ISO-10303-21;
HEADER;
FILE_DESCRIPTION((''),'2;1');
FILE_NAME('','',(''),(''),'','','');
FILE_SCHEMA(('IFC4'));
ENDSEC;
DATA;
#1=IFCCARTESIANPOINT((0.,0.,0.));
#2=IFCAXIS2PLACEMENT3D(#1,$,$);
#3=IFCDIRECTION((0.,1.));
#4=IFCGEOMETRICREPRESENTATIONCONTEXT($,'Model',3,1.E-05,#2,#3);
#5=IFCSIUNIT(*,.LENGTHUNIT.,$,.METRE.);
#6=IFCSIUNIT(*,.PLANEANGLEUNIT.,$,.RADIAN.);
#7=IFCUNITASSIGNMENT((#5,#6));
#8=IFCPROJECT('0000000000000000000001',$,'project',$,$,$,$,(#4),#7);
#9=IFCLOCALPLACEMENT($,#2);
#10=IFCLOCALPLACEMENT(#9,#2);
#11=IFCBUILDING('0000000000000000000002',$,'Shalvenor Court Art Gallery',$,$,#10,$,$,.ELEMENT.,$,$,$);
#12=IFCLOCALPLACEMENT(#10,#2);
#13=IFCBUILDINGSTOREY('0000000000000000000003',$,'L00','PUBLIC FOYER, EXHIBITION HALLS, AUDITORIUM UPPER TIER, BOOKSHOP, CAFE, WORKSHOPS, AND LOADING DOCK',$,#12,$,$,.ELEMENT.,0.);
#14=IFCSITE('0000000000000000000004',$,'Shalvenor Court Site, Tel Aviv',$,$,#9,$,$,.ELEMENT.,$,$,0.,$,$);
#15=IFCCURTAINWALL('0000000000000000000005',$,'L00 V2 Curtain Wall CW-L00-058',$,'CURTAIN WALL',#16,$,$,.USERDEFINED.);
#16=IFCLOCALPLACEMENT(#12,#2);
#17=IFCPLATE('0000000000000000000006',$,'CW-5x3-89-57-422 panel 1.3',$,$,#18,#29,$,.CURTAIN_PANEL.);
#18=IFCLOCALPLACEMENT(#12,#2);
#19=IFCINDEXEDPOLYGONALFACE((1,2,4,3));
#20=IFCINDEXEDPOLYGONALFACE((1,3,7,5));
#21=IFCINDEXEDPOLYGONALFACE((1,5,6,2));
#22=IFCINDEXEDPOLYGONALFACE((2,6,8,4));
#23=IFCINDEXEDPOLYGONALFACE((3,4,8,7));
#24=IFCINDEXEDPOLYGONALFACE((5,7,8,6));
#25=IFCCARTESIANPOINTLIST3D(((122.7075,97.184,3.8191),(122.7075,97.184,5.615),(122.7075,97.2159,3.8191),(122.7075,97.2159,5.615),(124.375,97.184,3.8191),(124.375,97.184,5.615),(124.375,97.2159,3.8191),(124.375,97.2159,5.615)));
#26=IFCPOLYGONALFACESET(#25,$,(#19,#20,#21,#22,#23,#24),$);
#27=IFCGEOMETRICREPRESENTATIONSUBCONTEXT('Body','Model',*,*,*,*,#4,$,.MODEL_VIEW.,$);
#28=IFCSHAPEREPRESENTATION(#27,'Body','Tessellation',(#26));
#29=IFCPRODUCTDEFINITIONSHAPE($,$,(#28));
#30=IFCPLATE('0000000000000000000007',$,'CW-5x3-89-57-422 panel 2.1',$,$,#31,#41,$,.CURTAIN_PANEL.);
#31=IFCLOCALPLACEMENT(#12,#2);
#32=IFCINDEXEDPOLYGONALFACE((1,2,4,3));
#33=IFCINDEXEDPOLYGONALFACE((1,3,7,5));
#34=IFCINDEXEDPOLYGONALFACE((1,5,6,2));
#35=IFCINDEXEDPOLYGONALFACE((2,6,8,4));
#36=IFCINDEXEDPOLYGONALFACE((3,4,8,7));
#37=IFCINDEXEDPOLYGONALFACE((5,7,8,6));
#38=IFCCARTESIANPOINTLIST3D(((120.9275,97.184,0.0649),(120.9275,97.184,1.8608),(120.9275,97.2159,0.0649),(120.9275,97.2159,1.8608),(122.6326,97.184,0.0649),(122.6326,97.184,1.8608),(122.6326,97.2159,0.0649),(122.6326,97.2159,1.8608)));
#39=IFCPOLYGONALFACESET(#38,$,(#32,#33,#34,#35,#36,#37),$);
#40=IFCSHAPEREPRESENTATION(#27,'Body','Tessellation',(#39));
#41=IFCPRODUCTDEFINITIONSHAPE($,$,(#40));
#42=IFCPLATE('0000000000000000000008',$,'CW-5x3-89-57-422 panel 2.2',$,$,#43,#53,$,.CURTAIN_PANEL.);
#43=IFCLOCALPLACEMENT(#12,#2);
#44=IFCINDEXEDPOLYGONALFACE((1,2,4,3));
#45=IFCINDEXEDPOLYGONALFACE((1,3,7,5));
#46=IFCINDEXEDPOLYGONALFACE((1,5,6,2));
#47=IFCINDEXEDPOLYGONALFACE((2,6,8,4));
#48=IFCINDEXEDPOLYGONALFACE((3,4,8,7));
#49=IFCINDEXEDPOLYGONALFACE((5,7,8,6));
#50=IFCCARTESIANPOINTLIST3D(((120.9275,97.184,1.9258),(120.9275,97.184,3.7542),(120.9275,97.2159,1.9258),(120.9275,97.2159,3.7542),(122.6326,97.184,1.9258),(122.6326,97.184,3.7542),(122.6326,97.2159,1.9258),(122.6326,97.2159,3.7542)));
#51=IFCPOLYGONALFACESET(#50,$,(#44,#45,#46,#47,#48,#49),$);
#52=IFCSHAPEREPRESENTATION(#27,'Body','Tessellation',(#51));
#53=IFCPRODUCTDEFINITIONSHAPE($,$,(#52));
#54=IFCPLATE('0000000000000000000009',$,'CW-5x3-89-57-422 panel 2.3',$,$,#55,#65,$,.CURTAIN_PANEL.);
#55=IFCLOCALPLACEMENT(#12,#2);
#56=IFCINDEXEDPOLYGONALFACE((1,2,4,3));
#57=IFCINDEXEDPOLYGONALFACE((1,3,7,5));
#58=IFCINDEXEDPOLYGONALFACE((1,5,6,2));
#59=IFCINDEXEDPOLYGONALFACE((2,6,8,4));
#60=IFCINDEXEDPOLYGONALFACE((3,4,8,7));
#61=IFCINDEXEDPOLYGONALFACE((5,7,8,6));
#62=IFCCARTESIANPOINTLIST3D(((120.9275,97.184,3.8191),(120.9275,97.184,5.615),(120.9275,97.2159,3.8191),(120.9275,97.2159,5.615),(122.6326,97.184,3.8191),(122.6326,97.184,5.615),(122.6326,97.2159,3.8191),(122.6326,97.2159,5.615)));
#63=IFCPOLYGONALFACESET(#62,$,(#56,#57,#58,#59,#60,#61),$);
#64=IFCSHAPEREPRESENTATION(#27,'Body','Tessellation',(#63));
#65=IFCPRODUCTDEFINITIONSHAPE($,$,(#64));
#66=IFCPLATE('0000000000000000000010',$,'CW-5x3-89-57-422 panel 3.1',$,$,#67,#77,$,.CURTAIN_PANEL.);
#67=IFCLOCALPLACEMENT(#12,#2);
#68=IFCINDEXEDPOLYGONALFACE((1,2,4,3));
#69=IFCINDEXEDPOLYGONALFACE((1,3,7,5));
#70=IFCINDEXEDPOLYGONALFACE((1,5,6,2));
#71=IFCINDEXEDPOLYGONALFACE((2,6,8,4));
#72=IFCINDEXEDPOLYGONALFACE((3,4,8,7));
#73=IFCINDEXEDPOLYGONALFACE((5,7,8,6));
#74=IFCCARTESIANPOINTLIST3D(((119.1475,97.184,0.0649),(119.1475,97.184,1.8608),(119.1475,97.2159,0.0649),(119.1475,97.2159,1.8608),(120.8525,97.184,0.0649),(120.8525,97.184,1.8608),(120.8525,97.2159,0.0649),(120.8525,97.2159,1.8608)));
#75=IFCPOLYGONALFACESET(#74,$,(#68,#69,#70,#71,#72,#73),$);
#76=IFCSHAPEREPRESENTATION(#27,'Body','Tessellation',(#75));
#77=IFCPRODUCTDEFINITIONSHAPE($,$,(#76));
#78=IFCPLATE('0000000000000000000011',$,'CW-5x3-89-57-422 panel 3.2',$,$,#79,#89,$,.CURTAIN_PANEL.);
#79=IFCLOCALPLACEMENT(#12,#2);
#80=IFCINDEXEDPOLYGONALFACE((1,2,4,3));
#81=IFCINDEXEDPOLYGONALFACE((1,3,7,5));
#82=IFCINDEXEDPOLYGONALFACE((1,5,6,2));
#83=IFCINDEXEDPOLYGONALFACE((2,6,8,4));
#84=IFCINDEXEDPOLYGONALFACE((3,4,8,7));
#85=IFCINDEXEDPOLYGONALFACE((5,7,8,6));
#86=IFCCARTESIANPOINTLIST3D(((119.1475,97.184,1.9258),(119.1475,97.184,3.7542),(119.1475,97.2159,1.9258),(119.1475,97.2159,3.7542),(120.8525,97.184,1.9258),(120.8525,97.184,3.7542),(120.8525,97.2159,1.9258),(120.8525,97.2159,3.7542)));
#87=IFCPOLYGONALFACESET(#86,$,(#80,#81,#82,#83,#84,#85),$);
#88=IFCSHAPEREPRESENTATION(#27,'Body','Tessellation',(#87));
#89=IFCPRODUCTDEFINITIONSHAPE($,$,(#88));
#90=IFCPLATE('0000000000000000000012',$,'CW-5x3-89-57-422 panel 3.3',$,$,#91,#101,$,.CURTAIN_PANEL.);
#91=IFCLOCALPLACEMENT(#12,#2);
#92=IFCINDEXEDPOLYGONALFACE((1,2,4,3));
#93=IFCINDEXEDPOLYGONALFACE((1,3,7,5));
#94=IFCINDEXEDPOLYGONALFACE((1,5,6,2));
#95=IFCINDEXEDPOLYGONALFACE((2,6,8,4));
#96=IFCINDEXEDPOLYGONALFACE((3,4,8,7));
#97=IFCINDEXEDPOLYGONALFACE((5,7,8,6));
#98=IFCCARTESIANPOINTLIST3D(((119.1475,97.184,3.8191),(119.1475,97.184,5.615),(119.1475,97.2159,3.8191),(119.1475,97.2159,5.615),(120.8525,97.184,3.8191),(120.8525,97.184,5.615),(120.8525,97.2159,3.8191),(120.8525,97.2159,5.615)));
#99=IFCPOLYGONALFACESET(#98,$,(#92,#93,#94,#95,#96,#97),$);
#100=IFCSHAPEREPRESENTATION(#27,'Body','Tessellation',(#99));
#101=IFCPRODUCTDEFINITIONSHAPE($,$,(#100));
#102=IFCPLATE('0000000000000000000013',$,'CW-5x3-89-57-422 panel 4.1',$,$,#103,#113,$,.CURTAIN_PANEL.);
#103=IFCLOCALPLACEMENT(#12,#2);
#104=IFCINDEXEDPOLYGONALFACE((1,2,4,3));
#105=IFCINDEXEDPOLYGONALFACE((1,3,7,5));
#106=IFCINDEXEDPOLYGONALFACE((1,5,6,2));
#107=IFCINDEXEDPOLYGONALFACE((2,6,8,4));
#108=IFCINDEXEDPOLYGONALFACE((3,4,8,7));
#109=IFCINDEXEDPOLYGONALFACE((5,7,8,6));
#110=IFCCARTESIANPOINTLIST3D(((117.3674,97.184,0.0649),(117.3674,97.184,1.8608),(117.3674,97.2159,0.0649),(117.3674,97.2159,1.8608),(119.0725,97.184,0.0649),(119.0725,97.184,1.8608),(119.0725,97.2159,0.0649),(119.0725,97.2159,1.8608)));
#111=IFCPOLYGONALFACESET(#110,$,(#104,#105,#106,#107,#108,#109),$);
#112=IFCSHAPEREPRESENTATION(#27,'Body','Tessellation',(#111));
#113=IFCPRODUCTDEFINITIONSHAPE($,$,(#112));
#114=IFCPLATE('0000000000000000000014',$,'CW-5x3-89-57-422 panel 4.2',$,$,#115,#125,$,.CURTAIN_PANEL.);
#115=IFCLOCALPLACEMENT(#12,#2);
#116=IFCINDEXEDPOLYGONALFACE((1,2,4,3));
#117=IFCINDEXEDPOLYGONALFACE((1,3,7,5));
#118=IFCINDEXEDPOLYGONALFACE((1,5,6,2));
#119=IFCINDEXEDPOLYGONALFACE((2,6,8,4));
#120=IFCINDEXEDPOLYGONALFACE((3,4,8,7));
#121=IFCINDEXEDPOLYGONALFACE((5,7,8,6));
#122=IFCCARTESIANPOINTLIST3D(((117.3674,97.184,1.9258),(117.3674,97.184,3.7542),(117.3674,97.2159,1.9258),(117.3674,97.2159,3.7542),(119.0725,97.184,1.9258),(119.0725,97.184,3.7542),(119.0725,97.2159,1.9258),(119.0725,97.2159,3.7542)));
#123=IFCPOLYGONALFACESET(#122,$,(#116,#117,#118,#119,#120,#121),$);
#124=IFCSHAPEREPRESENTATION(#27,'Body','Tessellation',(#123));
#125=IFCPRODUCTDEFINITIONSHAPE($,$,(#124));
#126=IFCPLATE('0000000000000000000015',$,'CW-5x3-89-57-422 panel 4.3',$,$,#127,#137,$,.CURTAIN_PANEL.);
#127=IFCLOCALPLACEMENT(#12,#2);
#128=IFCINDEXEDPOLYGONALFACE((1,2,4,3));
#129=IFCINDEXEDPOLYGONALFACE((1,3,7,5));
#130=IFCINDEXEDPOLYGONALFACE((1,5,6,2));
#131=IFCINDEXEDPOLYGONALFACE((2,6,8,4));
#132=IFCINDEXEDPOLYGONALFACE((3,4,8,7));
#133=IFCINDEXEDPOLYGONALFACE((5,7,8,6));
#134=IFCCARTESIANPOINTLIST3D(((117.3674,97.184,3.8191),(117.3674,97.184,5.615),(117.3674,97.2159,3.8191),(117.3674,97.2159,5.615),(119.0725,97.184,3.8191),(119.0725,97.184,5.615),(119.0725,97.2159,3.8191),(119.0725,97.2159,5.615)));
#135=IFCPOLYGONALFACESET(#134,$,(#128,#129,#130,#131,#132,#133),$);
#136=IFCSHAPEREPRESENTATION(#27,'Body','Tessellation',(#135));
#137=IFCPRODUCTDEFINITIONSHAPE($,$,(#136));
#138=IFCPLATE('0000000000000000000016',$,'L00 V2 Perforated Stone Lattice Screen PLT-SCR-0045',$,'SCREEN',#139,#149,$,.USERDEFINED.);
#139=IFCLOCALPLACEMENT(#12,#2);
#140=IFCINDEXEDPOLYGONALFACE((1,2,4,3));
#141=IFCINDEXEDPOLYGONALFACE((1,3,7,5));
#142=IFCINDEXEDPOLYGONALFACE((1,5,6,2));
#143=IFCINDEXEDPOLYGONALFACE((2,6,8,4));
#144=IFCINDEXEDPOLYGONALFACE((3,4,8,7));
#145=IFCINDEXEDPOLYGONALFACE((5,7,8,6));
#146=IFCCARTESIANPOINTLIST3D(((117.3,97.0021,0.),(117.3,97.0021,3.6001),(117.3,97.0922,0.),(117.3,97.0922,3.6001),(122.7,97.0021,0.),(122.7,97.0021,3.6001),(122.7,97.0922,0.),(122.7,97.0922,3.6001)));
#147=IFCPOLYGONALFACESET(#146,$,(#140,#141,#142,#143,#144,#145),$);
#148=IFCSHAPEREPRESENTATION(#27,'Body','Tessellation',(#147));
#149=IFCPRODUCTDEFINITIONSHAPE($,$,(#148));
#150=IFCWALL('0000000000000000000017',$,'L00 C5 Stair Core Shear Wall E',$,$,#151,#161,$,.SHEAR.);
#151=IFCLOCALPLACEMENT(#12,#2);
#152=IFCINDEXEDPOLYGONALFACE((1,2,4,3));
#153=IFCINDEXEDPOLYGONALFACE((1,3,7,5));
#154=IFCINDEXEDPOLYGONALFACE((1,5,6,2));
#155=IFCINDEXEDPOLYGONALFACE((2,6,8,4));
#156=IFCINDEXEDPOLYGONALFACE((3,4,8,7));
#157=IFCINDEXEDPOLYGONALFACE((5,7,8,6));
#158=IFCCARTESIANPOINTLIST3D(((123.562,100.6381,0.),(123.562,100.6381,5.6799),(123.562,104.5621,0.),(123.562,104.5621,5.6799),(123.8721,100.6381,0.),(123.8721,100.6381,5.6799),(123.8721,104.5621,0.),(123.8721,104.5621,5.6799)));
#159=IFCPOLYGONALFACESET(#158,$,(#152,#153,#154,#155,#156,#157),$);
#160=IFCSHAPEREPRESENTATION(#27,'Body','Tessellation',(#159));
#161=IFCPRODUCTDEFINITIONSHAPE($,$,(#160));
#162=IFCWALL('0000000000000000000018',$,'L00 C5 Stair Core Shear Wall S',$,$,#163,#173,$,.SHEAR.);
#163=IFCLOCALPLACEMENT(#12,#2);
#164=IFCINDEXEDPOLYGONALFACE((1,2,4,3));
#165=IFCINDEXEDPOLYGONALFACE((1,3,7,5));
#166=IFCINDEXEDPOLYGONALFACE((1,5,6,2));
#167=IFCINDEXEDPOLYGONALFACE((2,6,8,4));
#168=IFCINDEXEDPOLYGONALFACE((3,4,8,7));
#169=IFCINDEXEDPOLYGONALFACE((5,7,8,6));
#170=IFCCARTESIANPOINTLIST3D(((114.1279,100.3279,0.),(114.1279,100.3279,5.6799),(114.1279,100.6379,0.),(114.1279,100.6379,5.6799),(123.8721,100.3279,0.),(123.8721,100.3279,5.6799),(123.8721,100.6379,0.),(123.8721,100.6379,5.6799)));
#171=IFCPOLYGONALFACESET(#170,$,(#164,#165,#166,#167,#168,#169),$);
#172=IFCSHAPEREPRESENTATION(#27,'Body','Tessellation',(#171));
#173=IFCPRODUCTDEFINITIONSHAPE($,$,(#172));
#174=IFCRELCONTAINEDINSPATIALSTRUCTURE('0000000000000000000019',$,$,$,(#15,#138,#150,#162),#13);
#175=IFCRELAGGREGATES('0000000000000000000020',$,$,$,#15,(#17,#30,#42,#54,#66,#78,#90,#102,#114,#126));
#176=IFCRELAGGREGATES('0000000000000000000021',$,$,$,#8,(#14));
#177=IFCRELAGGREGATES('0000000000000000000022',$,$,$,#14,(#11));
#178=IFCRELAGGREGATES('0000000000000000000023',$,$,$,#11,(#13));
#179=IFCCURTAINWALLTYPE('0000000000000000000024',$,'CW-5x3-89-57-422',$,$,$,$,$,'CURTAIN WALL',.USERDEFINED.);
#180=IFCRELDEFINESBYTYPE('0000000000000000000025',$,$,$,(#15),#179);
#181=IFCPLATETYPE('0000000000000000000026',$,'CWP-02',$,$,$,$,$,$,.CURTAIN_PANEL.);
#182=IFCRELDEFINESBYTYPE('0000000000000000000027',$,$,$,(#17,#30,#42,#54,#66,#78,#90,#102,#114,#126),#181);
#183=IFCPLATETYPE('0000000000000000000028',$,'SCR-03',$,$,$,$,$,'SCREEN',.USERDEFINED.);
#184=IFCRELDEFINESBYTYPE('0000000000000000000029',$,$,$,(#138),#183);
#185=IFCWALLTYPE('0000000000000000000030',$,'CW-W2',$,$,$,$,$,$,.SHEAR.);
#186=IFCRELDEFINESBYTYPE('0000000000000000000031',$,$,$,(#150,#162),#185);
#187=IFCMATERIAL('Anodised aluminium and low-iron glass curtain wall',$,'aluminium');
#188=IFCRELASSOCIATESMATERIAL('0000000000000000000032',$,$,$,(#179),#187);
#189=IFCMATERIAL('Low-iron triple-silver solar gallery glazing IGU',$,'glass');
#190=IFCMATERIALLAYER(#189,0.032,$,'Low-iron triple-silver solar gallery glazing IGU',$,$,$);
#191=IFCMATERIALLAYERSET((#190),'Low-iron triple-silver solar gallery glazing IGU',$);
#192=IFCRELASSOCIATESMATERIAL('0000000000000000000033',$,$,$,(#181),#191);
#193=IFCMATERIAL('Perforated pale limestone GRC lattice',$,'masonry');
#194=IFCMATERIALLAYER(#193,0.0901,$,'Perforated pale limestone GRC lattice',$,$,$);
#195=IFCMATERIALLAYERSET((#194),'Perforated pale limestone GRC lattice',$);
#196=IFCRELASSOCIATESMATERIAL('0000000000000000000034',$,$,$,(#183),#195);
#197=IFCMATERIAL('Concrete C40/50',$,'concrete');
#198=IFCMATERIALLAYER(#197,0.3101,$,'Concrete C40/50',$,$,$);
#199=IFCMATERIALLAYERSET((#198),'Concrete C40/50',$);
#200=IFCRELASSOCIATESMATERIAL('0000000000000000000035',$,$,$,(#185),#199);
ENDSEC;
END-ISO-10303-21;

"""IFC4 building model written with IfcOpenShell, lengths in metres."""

from ifc_helpers import new_model, si_unit, direction, frame, frame_2d, origin, origin_2d, place, context, subcontext, project, spatial, rectangle, extrude, material, layer, layer_set, type_object, element, aggregate, save


model = new_model("IFC4")

# Units and contexts
model_context = context("Model", 3, precision=1e-05, world=origin(), true_north=direction((0.0, 1.0)))
body_context = subcontext(model_context, "Body", "Model", "MODEL_VIEW")
ifc_project = project(units=[si_unit("LENGTHUNIT", "METRE"), si_unit("PLANEANGLEUNIT", "RADIAN")], contexts=[model_context])

# Site, building, storey
site_placement = place(None, origin())
site = spatial("IfcSite", under=ifc_project, at=site_placement, Name="Shalvenor Court Site, Tel Aviv", CompositionType="ELEMENT", RefElevation=0.0)
building_placement = place(site_placement, origin())
building = spatial("IfcBuilding", under=site, at=building_placement, Name="Shalvenor Court Art Gallery", CompositionType="ELEMENT")
storey_placement = place(building_placement, origin())
storey = spatial("IfcBuildingStorey", under=building, at=storey_placement, Name="L00", Description="PUBLIC FOYER, EXHIBITION HALLS, AUDITORIUM UPPER TIER, BOOKSHOP, CAFE, WORKSHOPS, AND LOADING DOCK", CompositionType="ELEMENT", Elevation=0.0)

# Curtain wall, plates
ifc_material_1 = material(Name="Anodised aluminium and low-iron glass curtain wall", Category="aluminium")
curtain_wall_type = type_object("IfcCurtainWallType", Name="CW-5x3-89-57-422", ElementType="CURTAIN WALL", PredefinedType="USERDEFINED", material=ifc_material_1)
curtain_wall_placement = place(storey_placement, origin())
curtain_wall = element("IfcCurtainWall", 1, at=curtain_wall_placement, inside=storey, type_object=curtain_wall_type, Name="L00 V2 Curtain Wall CW-L00-058", ObjectType="CURTAIN WALL", PredefinedType="USERDEFINED")
ifc_material_2 = material(Name="Low-iron triple-silver solar gallery glazing IGU", Category="glass")
ifc_layer_1 = layer(ifc_material_2, 0.032, Name="Low-iron triple-silver solar gallery glazing IGU")
ifc_layer_set_1 = layer_set([ifc_layer_1], Name="Low-iron triple-silver solar gallery glazing IGU")
plate_type_1 = type_object("IfcPlateType", Name="CWP-02", PredefinedType="CURTAIN_PANEL", material=ifc_layer_set_1)
plate_1_placement = place(storey_placement, frame((123.5413, 97.2, 3.8191), z_axis=(0.0, 0.0, 1.0), x_axis=(-1.0, 0.0, 0.0)))
plate_1 = element("IfcPlate", 2, at=plate_1_placement, type_object=plate_type_1, Name="CW-5x3-89-57-422 panel 1.3", PredefinedType="CURTAIN_PANEL", context=body_context, shape_type="SweptSolid", body=[
    extrude(rectangle(XDim=1.6675, YDim=0.032, at=origin_2d()), origin(), (0.0, 0.0, 1.0), 1.7959),
])
plate_2_placement = place(storey_placement, frame((121.78, 97.2, 0.0649), z_axis=(0.0, 0.0, 1.0), x_axis=(-1.0, 0.0, 0.0)))
plate_2 = element("IfcPlate", 3, at=plate_2_placement, type_object=plate_type_1, Name="CW-5x3-89-57-422 panel 2.1", PredefinedType="CURTAIN_PANEL", context=body_context, shape_type="SweptSolid", body=[
    extrude(rectangle(XDim=1.7051, YDim=0.032, at=origin_2d()), origin(), (0.0, 0.0, 1.0), 1.7959),
])
plate_3_placement = place(storey_placement, frame((121.78, 97.2, 1.9258), z_axis=(0.0, 0.0, 1.0), x_axis=(-1.0, 0.0, 0.0)))
plate_3 = element("IfcPlate", 4, at=plate_3_placement, type_object=plate_type_1, Name="CW-5x3-89-57-422 panel 2.2", PredefinedType="CURTAIN_PANEL", context=body_context, shape_type="SweptSolid", body=[
    extrude(rectangle(XDim=1.7051, YDim=0.032, at=origin_2d()), origin(), (0.0, 0.0, 1.0), 1.8284),
])
plate_4_placement = place(storey_placement, frame((121.78, 97.2, 3.8191), z_axis=(0.0, 0.0, 1.0), x_axis=(-1.0, 0.0, 0.0)))
plate_4 = element("IfcPlate", 5, at=plate_4_placement, type_object=plate_type_1, Name="CW-5x3-89-57-422 panel 2.3", PredefinedType="CURTAIN_PANEL", context=body_context, shape_type="SweptSolid", body=[
    extrude(rectangle(XDim=1.7051, YDim=0.032, at=origin_2d()), origin(), (0.0, 0.0, 1.0), 1.7959),
])
plate_5_placement = place(storey_placement, frame((120.0, 97.2, 0.0649), z_axis=(0.0, 0.0, 1.0), x_axis=(-1.0, 0.0, 0.0)))
plate_5 = element("IfcPlate", 6, at=plate_5_placement, type_object=plate_type_1, Name="CW-5x3-89-57-422 panel 3.1", PredefinedType="CURTAIN_PANEL", context=body_context, shape_type="SweptSolid", body=[
    extrude(rectangle(XDim=1.7051, YDim=0.032, at=origin_2d()), origin(), (0.0, 0.0, 1.0), 1.7959),
])
plate_6_placement = place(storey_placement, frame((120.0, 97.2, 1.9258), z_axis=(0.0, 0.0, 1.0), x_axis=(-1.0, 0.0, 0.0)))
plate_6 = element("IfcPlate", 7, at=plate_6_placement, type_object=plate_type_1, Name="CW-5x3-89-57-422 panel 3.2", PredefinedType="CURTAIN_PANEL", context=body_context, shape_type="SweptSolid", body=[
    extrude(rectangle(XDim=1.7051, YDim=0.032, at=origin_2d()), origin(), (0.0, 0.0, 1.0), 1.8284),
])
plate_7_placement = place(storey_placement, frame((120.0, 97.2, 3.8191), z_axis=(0.0, 0.0, 1.0), x_axis=(-1.0, 0.0, 0.0)))
plate_7 = element("IfcPlate", 8, at=plate_7_placement, type_object=plate_type_1, Name="CW-5x3-89-57-422 panel 3.3", PredefinedType="CURTAIN_PANEL", context=body_context, shape_type="SweptSolid", body=[
    extrude(rectangle(XDim=1.7051, YDim=0.032, at=origin_2d()), origin(), (0.0, 0.0, 1.0), 1.7959),
])
plate_8_placement = place(storey_placement, frame((118.22, 97.2, 0.0649), z_axis=(0.0, 0.0, 1.0), x_axis=(-1.0, 0.0, 0.0)))
plate_8 = element("IfcPlate", 9, at=plate_8_placement, type_object=plate_type_1, Name="CW-5x3-89-57-422 panel 4.1", PredefinedType="CURTAIN_PANEL", context=body_context, shape_type="SweptSolid", body=[
    extrude(rectangle(XDim=1.7051, YDim=0.032, at=origin_2d()), origin(), (0.0, 0.0, 1.0), 1.7959),
])
plate_9_placement = place(storey_placement, frame((118.22, 97.2, 1.9258), z_axis=(0.0, 0.0, 1.0), x_axis=(-1.0, 0.0, 0.0)))
plate_9 = element("IfcPlate", 10, at=plate_9_placement, type_object=plate_type_1, Name="CW-5x3-89-57-422 panel 4.2", PredefinedType="CURTAIN_PANEL", context=body_context, shape_type="SweptSolid", body=[
    extrude(rectangle(XDim=1.7051, YDim=0.032, at=origin_2d()), origin(), (0.0, 0.0, 1.0), 1.8284),
])
plate_10_placement = place(storey_placement, frame((118.22, 97.2, 3.8191), z_axis=(0.0, 0.0, 1.0), x_axis=(-1.0, 0.0, 0.0)))
plate_10 = element("IfcPlate", 11, at=plate_10_placement, type_object=plate_type_1, Name="CW-5x3-89-57-422 panel 4.3", PredefinedType="CURTAIN_PANEL", context=body_context, shape_type="SweptSolid", body=[
    extrude(rectangle(XDim=1.7051, YDim=0.032, at=origin_2d()), origin(), (0.0, 0.0, 1.0), 1.7959),
])
aggregate(curtain_wall, [plate_1, plate_2, plate_3, plate_4, plate_5, plate_6, plate_7, plate_8, plate_9, plate_10])

# Plate
ifc_material_3 = material(Name="Perforated pale limestone GRC lattice", Category="masonry")
ifc_layer_2 = layer(ifc_material_3, 0.0901, Name="Perforated pale limestone GRC lattice")
ifc_layer_set_2 = layer_set([ifc_layer_2], Name="Perforated pale limestone GRC lattice")
plate_type_2 = type_object("IfcPlateType", Name="SCR-03", ElementType="SCREEN", PredefinedType="USERDEFINED", material=ifc_layer_set_2)
plate_11_placement = place(storey_placement, frame((120.0, 97.0471, 0.0), z_axis=(0.0, 0.0, 1.0), x_axis=(-1.0, 0.0, 0.0)))
element("IfcPlate", 12, at=plate_11_placement, inside=storey, type_object=plate_type_2, Name="L00 V2 Perforated Stone Lattice Screen PLT-SCR-0045", ObjectType="SCREEN", PredefinedType="USERDEFINED", context=body_context, shape_type="SweptSolid", body=[
    extrude(rectangle(XDim=5.3999, YDim=0.0901, at=origin_2d()), origin(), (0.0, 0.0, 1.0), 3.6001),
])

# Walls
ifc_material_4 = material(Name="Concrete C40/50", Category="concrete")
ifc_layer_3 = layer(ifc_material_4, 0.3101, Name="Concrete C40/50")
ifc_layer_set_3 = layer_set([ifc_layer_3], Name="Concrete C40/50")
wall_type_1 = type_object("IfcWallType", Name="CW-W2", PredefinedType="SHEAR", material=ifc_layer_set_3)
wall_1_placement = place(storey_placement, frame((123.717, 104.562, 0.0), z_axis=(0.0, 0.0, 1.0), x_axis=(0.0, -1.0, 0.0)))
element("IfcWall", 13, at=wall_1_placement, inside=storey, type_object=wall_type_1, Name="L00 C5 Stair Core Shear Wall E", PredefinedType="SHEAR", context=body_context, shape_type="SweptSolid", body=[
    extrude(rectangle(XDim=3.9241, YDim=0.3101, at=frame_2d((1.9619, 0.0))), origin(), (0.0, 0.0, 1.0), 5.6799),
])
wall_2_placement = place(storey_placement, frame((123.8721, 100.4829, 0.0), z_axis=(0.0, 0.0, 1.0), x_axis=(-1.0, 0.0, 0.0)))
element("IfcWall", 14, at=wall_2_placement, inside=storey, type_object=wall_type_1, Name="L00 C5 Stair Core Shear Wall S", PredefinedType="SHEAR", context=body_context, shape_type="SweptSolid", body=[
    extrude(rectangle(XDim=9.7441, YDim=0.3101, at=frame_2d((4.8721, 0.0))), origin(), (0.0, 0.0, 1.0), 5.6799),
])

save(model, "model.ifc")
